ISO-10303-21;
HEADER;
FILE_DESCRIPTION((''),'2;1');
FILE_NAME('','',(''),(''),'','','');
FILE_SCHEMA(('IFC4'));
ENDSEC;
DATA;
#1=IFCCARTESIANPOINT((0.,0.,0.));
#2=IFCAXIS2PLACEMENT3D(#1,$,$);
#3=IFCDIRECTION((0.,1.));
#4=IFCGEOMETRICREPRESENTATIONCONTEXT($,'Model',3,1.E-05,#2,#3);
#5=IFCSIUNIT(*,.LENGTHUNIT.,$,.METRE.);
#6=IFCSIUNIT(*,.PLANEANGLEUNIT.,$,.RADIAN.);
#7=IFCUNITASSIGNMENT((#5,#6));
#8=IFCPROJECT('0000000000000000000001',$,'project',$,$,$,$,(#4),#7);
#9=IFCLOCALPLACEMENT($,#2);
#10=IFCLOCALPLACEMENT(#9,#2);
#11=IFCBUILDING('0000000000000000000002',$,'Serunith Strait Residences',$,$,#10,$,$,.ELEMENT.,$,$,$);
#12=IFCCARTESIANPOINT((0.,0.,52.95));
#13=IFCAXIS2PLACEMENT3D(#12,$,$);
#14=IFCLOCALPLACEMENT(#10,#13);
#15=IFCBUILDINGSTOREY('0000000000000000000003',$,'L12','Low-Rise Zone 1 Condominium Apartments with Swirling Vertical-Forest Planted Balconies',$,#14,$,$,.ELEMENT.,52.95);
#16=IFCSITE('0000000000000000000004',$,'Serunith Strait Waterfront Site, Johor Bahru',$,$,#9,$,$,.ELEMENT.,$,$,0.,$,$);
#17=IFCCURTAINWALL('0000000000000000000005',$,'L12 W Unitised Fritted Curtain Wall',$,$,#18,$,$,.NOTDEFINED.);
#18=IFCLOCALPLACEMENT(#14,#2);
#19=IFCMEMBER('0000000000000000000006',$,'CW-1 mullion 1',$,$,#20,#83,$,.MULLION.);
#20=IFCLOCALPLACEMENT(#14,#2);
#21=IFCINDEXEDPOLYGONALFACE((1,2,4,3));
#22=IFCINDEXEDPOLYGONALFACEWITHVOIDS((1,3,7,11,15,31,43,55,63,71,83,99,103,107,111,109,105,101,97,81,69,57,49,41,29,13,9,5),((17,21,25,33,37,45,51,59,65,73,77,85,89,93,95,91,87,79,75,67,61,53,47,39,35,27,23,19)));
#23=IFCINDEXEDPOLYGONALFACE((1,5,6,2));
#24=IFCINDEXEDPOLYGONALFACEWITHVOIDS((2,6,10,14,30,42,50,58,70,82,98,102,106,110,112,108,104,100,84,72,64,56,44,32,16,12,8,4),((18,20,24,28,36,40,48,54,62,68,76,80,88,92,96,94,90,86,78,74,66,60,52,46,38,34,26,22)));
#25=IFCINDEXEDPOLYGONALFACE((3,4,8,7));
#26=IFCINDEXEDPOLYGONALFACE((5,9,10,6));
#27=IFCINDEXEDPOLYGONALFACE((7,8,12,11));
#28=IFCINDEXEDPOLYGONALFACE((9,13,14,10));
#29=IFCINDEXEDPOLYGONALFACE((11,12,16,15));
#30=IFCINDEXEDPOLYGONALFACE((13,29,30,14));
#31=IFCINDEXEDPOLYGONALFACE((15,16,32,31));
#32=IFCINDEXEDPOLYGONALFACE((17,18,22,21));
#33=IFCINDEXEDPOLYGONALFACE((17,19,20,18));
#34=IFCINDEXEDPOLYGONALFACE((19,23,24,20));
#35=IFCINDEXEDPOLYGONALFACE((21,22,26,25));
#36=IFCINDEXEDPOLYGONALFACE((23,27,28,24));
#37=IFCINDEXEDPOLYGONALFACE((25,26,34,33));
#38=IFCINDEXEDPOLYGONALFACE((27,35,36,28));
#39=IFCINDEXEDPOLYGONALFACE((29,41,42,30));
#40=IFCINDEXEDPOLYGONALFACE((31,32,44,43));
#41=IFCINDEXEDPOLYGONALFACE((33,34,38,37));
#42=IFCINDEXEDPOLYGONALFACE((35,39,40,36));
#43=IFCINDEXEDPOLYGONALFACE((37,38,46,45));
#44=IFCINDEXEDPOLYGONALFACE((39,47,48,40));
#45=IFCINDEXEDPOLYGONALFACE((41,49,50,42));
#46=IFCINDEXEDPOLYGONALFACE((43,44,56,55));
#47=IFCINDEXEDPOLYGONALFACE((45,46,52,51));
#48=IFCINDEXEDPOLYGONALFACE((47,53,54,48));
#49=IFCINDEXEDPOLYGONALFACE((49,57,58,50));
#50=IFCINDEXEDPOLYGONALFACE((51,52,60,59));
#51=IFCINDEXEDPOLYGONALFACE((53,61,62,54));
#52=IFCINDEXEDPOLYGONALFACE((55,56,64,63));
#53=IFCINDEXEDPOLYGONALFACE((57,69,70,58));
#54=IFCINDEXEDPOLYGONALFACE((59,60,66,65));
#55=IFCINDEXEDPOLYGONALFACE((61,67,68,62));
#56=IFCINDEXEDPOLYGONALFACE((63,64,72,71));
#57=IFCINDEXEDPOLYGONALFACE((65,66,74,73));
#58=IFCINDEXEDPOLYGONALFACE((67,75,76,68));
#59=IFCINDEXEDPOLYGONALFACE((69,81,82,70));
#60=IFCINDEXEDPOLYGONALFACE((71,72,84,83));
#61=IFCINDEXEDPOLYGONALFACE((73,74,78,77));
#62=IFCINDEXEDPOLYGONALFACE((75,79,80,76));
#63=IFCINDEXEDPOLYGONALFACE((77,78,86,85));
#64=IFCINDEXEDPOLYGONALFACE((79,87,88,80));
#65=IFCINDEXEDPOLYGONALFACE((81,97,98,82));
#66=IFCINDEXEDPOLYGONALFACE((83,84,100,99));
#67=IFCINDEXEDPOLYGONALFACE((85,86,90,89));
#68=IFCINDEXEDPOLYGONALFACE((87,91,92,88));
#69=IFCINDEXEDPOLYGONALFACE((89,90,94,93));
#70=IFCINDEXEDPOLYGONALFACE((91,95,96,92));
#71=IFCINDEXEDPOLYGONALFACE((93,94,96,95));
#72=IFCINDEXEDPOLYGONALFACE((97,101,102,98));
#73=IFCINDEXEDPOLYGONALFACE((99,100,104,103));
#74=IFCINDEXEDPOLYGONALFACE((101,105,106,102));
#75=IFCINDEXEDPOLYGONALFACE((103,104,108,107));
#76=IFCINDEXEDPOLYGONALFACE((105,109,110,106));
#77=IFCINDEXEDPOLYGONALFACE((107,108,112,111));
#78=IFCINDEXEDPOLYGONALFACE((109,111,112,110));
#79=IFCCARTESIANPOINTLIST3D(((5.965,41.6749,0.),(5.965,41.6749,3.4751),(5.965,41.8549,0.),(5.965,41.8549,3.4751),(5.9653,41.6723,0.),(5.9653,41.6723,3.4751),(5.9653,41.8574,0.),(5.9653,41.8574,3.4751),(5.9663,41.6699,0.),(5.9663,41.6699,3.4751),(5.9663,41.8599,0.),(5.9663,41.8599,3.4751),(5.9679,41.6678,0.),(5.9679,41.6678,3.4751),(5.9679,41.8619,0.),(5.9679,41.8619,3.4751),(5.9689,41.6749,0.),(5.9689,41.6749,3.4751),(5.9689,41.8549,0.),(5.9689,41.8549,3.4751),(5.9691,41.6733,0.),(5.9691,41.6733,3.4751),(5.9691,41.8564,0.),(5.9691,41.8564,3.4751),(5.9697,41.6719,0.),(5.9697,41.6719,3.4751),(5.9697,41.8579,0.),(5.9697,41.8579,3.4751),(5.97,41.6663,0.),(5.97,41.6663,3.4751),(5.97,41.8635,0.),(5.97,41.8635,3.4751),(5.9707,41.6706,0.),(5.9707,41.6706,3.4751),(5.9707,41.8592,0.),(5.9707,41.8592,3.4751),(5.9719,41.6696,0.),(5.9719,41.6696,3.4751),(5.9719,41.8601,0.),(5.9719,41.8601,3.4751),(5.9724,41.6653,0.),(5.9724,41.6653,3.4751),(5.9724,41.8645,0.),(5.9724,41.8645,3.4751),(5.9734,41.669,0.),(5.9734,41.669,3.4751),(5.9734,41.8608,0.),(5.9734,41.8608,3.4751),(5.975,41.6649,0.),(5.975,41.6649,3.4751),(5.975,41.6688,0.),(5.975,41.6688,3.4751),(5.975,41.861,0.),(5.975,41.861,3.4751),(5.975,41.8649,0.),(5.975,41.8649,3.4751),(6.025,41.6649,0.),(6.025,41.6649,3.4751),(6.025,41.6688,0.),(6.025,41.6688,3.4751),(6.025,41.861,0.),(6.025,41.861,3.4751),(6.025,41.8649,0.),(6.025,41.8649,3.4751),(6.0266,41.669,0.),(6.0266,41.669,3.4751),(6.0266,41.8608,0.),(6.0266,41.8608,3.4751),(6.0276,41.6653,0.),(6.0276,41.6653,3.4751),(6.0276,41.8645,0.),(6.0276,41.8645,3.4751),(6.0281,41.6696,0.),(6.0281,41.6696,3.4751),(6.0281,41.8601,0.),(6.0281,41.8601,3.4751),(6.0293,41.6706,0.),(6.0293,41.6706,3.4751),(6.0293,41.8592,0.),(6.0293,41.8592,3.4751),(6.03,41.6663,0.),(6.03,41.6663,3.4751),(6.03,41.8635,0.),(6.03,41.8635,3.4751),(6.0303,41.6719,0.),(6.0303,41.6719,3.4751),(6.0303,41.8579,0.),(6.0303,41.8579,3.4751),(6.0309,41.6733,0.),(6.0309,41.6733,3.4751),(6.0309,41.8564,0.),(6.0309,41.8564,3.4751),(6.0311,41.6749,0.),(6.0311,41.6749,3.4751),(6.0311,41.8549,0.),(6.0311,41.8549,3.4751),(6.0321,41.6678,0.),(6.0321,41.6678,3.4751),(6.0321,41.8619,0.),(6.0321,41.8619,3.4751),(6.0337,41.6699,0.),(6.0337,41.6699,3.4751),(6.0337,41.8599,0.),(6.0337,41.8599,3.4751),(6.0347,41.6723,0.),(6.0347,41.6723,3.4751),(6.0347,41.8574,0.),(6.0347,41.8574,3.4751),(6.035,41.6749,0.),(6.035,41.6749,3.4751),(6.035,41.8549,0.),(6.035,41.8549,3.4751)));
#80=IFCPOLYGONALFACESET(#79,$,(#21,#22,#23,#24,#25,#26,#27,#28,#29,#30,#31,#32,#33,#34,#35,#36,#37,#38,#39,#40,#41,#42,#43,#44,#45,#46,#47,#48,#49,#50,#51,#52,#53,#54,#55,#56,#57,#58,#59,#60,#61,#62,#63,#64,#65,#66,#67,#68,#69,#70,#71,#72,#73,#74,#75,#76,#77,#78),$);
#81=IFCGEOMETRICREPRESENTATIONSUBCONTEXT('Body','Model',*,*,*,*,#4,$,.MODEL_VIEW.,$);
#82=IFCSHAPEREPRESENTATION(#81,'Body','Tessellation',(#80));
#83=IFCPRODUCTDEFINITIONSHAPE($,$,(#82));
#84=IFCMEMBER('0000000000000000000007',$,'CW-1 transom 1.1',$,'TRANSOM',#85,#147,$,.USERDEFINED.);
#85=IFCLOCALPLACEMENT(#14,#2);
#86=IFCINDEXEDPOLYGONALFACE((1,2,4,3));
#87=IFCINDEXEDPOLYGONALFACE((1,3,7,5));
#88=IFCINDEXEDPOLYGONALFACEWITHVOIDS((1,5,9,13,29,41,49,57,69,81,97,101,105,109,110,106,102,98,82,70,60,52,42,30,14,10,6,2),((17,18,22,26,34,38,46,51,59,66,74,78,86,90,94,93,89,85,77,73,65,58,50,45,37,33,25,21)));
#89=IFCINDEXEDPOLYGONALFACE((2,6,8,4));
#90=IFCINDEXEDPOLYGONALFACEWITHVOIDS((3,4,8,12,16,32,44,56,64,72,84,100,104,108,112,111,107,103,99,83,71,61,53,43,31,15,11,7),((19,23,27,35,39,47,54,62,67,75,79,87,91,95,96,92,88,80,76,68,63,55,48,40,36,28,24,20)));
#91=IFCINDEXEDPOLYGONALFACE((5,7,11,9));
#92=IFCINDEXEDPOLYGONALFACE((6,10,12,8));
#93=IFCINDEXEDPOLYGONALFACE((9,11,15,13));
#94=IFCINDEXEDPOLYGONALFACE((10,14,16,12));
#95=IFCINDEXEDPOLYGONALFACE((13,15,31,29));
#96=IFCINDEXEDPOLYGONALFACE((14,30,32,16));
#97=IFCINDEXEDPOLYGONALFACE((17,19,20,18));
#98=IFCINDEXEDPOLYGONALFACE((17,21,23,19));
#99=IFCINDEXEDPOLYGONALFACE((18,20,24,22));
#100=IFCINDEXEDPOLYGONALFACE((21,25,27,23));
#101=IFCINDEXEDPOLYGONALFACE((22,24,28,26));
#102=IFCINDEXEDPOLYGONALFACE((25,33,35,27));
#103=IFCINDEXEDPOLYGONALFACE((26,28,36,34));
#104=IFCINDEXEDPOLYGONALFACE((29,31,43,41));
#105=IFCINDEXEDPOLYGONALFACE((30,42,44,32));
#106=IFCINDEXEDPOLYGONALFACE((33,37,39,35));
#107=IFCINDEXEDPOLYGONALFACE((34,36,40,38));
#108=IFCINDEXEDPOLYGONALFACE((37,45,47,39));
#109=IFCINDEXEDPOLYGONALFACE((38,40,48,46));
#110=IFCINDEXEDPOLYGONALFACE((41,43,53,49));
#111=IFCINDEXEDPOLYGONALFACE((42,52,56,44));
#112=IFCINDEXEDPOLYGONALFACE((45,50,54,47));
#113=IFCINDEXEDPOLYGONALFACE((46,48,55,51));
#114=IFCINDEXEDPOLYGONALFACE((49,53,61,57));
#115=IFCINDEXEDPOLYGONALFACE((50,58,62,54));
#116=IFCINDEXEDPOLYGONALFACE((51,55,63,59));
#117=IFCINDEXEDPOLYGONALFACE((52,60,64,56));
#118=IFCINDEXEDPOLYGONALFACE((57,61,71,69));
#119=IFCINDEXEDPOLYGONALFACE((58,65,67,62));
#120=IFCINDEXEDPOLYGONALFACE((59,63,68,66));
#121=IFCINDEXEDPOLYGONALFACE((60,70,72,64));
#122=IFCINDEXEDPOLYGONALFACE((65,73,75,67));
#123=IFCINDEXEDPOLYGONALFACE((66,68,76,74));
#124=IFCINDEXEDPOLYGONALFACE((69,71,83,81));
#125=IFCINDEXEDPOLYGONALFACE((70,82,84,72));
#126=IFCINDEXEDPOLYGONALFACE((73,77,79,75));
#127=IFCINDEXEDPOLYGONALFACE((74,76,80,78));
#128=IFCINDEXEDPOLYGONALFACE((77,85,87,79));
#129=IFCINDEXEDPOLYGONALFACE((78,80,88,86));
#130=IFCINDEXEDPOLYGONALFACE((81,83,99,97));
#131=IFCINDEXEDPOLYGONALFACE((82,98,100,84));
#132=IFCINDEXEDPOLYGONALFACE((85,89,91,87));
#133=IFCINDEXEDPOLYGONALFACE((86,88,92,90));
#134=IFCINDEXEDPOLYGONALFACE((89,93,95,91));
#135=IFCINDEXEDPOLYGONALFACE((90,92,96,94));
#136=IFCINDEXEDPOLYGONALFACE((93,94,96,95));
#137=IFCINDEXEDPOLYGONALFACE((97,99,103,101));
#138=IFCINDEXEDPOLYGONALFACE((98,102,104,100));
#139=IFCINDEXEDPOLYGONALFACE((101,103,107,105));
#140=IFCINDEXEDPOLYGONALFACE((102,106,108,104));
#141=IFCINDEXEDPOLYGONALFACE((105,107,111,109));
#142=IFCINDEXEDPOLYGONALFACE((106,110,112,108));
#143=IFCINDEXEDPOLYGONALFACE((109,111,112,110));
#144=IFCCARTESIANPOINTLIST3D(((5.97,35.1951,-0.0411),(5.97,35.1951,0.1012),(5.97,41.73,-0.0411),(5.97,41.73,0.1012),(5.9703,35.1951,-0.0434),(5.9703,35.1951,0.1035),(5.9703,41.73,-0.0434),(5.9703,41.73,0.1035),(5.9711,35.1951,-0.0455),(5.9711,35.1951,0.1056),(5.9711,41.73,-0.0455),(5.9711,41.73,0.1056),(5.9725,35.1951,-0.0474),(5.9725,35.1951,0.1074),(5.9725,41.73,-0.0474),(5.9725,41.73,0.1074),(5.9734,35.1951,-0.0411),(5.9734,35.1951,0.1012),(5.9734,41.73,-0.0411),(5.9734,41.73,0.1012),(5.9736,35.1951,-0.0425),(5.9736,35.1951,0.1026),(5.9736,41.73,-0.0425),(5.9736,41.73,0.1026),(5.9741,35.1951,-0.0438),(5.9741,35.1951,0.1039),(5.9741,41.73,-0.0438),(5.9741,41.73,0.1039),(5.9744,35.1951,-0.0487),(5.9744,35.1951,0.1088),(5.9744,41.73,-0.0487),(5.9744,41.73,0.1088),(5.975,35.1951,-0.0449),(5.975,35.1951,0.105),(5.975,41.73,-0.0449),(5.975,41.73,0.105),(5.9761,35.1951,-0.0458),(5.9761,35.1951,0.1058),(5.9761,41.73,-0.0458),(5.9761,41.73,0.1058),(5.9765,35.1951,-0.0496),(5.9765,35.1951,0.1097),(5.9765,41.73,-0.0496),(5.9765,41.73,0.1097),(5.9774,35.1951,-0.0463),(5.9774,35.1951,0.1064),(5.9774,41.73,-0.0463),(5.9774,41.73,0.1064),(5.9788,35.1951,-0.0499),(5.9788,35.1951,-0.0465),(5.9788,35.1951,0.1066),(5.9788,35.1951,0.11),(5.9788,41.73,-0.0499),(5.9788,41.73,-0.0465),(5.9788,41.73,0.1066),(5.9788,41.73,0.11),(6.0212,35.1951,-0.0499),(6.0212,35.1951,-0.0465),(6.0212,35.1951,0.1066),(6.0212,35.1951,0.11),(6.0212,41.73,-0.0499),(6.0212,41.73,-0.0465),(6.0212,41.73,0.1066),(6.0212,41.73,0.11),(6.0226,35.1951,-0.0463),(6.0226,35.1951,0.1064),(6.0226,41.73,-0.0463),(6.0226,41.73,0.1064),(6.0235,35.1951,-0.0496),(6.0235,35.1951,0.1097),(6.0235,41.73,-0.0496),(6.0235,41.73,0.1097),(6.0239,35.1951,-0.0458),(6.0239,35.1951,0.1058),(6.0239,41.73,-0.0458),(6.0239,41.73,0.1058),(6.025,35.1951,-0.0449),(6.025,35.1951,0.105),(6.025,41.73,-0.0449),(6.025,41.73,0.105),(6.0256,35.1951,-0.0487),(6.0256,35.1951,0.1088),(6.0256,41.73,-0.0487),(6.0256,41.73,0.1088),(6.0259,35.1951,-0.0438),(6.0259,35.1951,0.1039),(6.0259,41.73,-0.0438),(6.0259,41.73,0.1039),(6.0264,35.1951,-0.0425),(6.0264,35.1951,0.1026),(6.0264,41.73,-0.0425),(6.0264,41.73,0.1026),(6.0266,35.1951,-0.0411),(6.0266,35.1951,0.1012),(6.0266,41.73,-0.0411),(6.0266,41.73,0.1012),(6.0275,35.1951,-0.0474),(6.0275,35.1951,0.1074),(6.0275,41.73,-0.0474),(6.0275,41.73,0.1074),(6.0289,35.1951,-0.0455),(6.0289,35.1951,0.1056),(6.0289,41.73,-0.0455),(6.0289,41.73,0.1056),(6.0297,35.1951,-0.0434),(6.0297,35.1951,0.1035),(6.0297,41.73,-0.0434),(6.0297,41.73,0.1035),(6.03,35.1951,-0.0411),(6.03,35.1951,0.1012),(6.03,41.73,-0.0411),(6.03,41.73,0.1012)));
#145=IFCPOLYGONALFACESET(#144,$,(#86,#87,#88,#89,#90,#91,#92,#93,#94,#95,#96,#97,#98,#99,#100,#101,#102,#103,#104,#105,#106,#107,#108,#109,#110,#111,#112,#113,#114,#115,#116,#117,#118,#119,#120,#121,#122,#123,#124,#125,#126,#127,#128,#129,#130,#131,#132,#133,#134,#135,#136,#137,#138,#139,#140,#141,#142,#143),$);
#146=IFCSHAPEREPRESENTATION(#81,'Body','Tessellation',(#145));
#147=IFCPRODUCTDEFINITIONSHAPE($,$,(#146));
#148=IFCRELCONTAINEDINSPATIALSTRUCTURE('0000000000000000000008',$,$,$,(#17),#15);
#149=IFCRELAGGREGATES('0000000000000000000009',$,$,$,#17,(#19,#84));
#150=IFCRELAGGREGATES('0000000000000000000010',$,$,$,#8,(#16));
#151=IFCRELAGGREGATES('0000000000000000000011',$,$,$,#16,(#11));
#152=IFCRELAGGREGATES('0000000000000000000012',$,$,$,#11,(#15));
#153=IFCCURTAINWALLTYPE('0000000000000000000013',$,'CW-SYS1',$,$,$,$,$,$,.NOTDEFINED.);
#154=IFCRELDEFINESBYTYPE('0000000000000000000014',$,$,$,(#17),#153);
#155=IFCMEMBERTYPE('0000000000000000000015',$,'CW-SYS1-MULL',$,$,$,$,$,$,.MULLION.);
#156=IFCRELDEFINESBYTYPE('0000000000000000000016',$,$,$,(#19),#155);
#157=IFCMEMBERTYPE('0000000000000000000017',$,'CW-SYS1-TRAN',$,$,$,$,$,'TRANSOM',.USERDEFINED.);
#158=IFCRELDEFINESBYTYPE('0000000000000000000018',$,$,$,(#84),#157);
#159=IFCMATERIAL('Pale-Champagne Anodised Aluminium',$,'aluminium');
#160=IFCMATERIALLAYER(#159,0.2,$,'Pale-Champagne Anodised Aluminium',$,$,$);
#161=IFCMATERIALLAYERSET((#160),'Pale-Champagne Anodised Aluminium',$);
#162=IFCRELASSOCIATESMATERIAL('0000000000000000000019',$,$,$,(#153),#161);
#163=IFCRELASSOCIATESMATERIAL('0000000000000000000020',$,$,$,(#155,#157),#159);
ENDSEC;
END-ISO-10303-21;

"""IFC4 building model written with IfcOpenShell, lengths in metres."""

from ifc_helpers import new_model, si_unit, direction, frame, origin, origin_2d, place, context, subcontext, project, spatial, hollow_rectangle, extrude, source, transform, mapped, material, layer, layer_set, material_profile, profile_set, type_object, element, aggregate, save


model = new_model("IFC4")

# Units and contexts
model_context = context("Model", 3, precision=1e-05, world=origin(), true_north=direction((0.0, 1.0)))
body_context = subcontext(model_context, "Body", "Model", "MODEL_VIEW")
ifc_project = project(units=[si_unit("LENGTHUNIT", "METRE"), si_unit("PLANEANGLEUNIT", "RADIAN")], contexts=[model_context])

# Site, building, storey
site_placement = place(None, origin())
site = spatial("IfcSite", under=ifc_project, at=site_placement, Name="Serunith Strait Waterfront Site, Johor Bahru", CompositionType="ELEMENT", RefElevation=0.0)
building_placement = place(site_placement, origin())
building = spatial("IfcBuilding", under=site, at=building_placement, Name="Serunith Strait Residences", CompositionType="ELEMENT")
storey_placement = place(building_placement, frame((0.0, 0.0, 52.95)))
storey = spatial("IfcBuildingStorey", under=building, at=storey_placement, Name="L12", Description="Low-Rise Zone 1 Condominium Apartments with Swirling Vertical-Forest Planted Balconies", CompositionType="ELEMENT", Elevation=52.95)

# Shared definitions
ifc_material_1 = material(Name="Pale-Champagne Anodised Aluminium", Category="aluminium")
ifc_layer_1 = layer(ifc_material_1, 0.2, Name="Pale-Champagne Anodised Aluminium")
ifc_layer_set_1 = layer_set([ifc_layer_1], Name="Pale-Champagne Anodised Aluminium")
curtain_wall_type = type_object("IfcCurtainWallType", Name="CW-SYS1", PredefinedType="NOTDEFINED", material=ifc_layer_set_1)
ifc_material_profile_1 = material_profile(ifc_material_1, hollow_rectangle(XDim=0.0701, YDim=0.2, WallThickness=0.0039, InnerFilletRadius=0.0061, OuterFilletRadius=0.01, at=origin_2d()), Name="ALU 200x70x4")
ifc_profile_set_1 = profile_set([ifc_material_profile_1], Name="Pale-Champagne Anodised Aluminium")
member_type_1 = type_object("IfcMemberType", Name="CW-SYS1-MULL", PredefinedType="MULLION", material=ifc_profile_set_1)
shared_shape_1 = source(origin(), body_context, "Body", "SweptSolid", [
    extrude(hollow_rectangle(XDim=0.0701, YDim=0.2, WallThickness=0.0039, InnerFilletRadius=0.0061, OuterFilletRadius=0.01, at=origin_2d()), origin(), (0.0, 0.0, 1.0), 3.4751),
])

# Curtain wall, members
curtain_wall_1_placement = place(storey_placement, origin())
curtain_wall_1 = element("IfcCurtainWall", 1, at=curtain_wall_1_placement, inside=storey, type_object=curtain_wall_type, Name="L12 W Unitised Fritted Curtain Wall", PredefinedType="NOTDEFINED")
member_1_placement = place(storey_placement, frame((6.0, 41.7649, 0.0), z_axis=(0.0, 0.0, 1.0), x_axis=(1.0, 0.0, 0.0)))
member_1 = element("IfcMember", 2, at=member_1_placement, type_object=member_type_1, Name="CW-1 mullion 1", PredefinedType="MULLION", context=body_context, shape_type="MappedRepresentation", body=[
    mapped(shared_shape_1, transform((0.0, 0.0, 0.0), scale=1.0)),
])
ifc_material_profile_2 = material_profile(ifc_material_1, hollow_rectangle(XDim=0.0601, YDim=0.1599, WallThickness=0.0034, InnerFilletRadius=0.0054, OuterFilletRadius=0.0088, at=origin_2d()), Name="ALU 160x60x3.5")
ifc_profile_set_2 = profile_set([ifc_material_profile_2], Name="Pale-Champagne Anodised Aluminium")
member_type_2 = type_object("IfcMemberType", Name="CW-SYS1-TRAN", ElementType="TRANSOM", PredefinedType="USERDEFINED", material=ifc_profile_set_2)
shared_shape_2 = source(origin(), body_context, "Body", "SweptSolid", [
    extrude(hollow_rectangle(XDim=0.0601, YDim=0.1599, WallThickness=0.0034, InnerFilletRadius=0.0054, OuterFilletRadius=0.0088, at=origin_2d()), origin(), (0.0, 0.0, 1.0), 6.5349),
])
member_2_placement = place(storey_placement, frame((6.0, 41.73, 0.03), z_axis=(0.0, -1.0, 0.0), x_axis=(1.0, 0.0, 0.0)))
member_2 = element("IfcMember", 3, at=member_2_placement, type_object=member_type_2, Name="CW-1 transom 1.1", ObjectType="TRANSOM", PredefinedType="USERDEFINED", context=body_context, shape_type="MappedRepresentation", body=[
    mapped(shared_shape_2, transform((0.0, 0.0, 0.0), scale=1.0)),
])
aggregate(curtain_wall_1, [member_1, member_2])

save(model, "model.ifc")
